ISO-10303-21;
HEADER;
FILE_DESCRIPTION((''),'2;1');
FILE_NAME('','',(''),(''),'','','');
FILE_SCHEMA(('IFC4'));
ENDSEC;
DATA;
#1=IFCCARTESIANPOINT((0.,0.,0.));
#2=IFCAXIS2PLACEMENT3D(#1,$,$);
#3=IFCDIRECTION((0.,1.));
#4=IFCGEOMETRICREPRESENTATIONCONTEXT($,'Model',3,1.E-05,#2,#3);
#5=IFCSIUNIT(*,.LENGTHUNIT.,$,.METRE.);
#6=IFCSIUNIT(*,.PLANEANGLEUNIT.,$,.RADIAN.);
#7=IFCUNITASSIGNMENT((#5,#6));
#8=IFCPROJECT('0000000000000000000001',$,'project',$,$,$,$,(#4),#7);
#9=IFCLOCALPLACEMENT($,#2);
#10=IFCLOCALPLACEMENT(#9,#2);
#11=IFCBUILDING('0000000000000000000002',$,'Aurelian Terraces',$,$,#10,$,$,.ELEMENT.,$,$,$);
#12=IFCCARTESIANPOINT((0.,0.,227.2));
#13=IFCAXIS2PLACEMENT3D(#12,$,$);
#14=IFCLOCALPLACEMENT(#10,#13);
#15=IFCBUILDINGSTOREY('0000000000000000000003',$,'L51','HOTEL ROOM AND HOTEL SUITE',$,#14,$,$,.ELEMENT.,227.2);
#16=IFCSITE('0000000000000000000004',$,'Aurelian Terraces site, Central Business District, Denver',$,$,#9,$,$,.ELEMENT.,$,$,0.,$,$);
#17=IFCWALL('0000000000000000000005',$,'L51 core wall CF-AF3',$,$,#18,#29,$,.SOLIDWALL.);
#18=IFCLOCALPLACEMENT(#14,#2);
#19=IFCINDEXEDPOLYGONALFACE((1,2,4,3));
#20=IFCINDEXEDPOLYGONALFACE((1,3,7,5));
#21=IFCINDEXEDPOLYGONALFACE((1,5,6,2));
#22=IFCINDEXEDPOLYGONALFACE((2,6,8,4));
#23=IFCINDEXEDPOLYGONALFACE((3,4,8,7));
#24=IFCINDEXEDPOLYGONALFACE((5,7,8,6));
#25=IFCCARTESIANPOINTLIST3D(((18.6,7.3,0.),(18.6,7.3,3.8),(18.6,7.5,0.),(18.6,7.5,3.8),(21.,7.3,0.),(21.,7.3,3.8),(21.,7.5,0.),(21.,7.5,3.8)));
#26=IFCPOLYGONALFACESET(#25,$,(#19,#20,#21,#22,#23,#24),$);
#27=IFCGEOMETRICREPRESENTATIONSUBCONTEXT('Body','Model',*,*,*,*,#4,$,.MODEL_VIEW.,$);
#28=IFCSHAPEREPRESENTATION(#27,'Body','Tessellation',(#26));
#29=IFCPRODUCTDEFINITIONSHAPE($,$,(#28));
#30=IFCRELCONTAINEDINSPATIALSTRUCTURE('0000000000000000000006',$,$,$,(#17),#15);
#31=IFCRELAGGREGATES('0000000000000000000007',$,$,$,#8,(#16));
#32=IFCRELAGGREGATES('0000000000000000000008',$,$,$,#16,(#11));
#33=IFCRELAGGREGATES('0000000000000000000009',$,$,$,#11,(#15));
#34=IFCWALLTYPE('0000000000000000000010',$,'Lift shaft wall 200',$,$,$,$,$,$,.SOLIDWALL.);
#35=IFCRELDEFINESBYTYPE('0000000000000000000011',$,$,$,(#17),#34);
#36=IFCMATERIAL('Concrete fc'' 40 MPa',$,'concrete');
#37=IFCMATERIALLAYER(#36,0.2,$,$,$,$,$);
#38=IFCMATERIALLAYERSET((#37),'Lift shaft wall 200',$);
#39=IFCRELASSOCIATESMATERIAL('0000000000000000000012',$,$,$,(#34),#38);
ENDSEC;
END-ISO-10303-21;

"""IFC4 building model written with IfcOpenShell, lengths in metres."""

from ifc_helpers import new_model, si_unit, direction, frame, frame_2d, origin, place, context, subcontext, project, spatial, rectangle, extrude, source, transform, mapped, material, layer, layer_set, type_object, element, save


model = new_model("IFC4")

# Units and contexts
model_context = context("Model", 3, precision=1e-05, world=origin(), true_north=direction((0.0, 1.0)))
body_context = subcontext(model_context, "Body", "Model", "MODEL_VIEW")
ifc_project = project(units=[si_unit("LENGTHUNIT", "METRE"), si_unit("PLANEANGLEUNIT", "RADIAN")], contexts=[model_context])

# Site, building, storey
site_placement = place(None, origin())
site = spatial("IfcSite", under=ifc_project, at=site_placement, Name="Aurelian Terraces site, Central Business District, Denver", CompositionType="ELEMENT", RefElevation=0.0)
building_placement = place(site_placement, origin())
building = spatial("IfcBuilding", under=site, at=building_placement, Name="Aurelian Terraces", CompositionType="ELEMENT")
storey_placement = place(building_placement, frame((0.0, 0.0, 227.2)))
storey = spatial("IfcBuildingStorey", under=building, at=storey_placement, Name="L51", Description="HOTEL ROOM AND HOTEL SUITE", CompositionType="ELEMENT", Elevation=227.2)

# Shared definitions
ifc_material_1 = material(Name="Concrete fc' 40 MPa", Category="concrete")

# Shared definitions
ifc_layer = layer(ifc_material_1, 0.2)
ifc_layer_set = layer_set([ifc_layer], Name="Lift shaft wall 200")
wall_type = type_object("IfcWallType", Name="Lift shaft wall 200", PredefinedType="SOLIDWALL", material=ifc_layer_set)

# Wall
shared_shape_1 = source(origin(), body_context, "Body", "SweptSolid", [
    extrude(rectangle(XDim=2.4, YDim=0.2, at=frame_2d((1.2, 0.0))), origin(), (0.0, 0.0, 1.0), 3.8),
])
wall_1_placement = place(storey_placement, frame((18.6, 7.4, 0.0), z_axis=(0.0, 0.0, 1.0), x_axis=(1.0, 0.0, 0.0)))
element("IfcWall", 1, at=wall_1_placement, inside=storey, type_object=wall_type, Name="L51 core wall CF-AF3", PredefinedType="SOLIDWALL", context=body_context, shape_type="MappedRepresentation", body=[
    mapped(shared_shape_1, transform((0.0, 0.0, 0.0), scale=1.0)),
])

save(model, "model.ifc")
